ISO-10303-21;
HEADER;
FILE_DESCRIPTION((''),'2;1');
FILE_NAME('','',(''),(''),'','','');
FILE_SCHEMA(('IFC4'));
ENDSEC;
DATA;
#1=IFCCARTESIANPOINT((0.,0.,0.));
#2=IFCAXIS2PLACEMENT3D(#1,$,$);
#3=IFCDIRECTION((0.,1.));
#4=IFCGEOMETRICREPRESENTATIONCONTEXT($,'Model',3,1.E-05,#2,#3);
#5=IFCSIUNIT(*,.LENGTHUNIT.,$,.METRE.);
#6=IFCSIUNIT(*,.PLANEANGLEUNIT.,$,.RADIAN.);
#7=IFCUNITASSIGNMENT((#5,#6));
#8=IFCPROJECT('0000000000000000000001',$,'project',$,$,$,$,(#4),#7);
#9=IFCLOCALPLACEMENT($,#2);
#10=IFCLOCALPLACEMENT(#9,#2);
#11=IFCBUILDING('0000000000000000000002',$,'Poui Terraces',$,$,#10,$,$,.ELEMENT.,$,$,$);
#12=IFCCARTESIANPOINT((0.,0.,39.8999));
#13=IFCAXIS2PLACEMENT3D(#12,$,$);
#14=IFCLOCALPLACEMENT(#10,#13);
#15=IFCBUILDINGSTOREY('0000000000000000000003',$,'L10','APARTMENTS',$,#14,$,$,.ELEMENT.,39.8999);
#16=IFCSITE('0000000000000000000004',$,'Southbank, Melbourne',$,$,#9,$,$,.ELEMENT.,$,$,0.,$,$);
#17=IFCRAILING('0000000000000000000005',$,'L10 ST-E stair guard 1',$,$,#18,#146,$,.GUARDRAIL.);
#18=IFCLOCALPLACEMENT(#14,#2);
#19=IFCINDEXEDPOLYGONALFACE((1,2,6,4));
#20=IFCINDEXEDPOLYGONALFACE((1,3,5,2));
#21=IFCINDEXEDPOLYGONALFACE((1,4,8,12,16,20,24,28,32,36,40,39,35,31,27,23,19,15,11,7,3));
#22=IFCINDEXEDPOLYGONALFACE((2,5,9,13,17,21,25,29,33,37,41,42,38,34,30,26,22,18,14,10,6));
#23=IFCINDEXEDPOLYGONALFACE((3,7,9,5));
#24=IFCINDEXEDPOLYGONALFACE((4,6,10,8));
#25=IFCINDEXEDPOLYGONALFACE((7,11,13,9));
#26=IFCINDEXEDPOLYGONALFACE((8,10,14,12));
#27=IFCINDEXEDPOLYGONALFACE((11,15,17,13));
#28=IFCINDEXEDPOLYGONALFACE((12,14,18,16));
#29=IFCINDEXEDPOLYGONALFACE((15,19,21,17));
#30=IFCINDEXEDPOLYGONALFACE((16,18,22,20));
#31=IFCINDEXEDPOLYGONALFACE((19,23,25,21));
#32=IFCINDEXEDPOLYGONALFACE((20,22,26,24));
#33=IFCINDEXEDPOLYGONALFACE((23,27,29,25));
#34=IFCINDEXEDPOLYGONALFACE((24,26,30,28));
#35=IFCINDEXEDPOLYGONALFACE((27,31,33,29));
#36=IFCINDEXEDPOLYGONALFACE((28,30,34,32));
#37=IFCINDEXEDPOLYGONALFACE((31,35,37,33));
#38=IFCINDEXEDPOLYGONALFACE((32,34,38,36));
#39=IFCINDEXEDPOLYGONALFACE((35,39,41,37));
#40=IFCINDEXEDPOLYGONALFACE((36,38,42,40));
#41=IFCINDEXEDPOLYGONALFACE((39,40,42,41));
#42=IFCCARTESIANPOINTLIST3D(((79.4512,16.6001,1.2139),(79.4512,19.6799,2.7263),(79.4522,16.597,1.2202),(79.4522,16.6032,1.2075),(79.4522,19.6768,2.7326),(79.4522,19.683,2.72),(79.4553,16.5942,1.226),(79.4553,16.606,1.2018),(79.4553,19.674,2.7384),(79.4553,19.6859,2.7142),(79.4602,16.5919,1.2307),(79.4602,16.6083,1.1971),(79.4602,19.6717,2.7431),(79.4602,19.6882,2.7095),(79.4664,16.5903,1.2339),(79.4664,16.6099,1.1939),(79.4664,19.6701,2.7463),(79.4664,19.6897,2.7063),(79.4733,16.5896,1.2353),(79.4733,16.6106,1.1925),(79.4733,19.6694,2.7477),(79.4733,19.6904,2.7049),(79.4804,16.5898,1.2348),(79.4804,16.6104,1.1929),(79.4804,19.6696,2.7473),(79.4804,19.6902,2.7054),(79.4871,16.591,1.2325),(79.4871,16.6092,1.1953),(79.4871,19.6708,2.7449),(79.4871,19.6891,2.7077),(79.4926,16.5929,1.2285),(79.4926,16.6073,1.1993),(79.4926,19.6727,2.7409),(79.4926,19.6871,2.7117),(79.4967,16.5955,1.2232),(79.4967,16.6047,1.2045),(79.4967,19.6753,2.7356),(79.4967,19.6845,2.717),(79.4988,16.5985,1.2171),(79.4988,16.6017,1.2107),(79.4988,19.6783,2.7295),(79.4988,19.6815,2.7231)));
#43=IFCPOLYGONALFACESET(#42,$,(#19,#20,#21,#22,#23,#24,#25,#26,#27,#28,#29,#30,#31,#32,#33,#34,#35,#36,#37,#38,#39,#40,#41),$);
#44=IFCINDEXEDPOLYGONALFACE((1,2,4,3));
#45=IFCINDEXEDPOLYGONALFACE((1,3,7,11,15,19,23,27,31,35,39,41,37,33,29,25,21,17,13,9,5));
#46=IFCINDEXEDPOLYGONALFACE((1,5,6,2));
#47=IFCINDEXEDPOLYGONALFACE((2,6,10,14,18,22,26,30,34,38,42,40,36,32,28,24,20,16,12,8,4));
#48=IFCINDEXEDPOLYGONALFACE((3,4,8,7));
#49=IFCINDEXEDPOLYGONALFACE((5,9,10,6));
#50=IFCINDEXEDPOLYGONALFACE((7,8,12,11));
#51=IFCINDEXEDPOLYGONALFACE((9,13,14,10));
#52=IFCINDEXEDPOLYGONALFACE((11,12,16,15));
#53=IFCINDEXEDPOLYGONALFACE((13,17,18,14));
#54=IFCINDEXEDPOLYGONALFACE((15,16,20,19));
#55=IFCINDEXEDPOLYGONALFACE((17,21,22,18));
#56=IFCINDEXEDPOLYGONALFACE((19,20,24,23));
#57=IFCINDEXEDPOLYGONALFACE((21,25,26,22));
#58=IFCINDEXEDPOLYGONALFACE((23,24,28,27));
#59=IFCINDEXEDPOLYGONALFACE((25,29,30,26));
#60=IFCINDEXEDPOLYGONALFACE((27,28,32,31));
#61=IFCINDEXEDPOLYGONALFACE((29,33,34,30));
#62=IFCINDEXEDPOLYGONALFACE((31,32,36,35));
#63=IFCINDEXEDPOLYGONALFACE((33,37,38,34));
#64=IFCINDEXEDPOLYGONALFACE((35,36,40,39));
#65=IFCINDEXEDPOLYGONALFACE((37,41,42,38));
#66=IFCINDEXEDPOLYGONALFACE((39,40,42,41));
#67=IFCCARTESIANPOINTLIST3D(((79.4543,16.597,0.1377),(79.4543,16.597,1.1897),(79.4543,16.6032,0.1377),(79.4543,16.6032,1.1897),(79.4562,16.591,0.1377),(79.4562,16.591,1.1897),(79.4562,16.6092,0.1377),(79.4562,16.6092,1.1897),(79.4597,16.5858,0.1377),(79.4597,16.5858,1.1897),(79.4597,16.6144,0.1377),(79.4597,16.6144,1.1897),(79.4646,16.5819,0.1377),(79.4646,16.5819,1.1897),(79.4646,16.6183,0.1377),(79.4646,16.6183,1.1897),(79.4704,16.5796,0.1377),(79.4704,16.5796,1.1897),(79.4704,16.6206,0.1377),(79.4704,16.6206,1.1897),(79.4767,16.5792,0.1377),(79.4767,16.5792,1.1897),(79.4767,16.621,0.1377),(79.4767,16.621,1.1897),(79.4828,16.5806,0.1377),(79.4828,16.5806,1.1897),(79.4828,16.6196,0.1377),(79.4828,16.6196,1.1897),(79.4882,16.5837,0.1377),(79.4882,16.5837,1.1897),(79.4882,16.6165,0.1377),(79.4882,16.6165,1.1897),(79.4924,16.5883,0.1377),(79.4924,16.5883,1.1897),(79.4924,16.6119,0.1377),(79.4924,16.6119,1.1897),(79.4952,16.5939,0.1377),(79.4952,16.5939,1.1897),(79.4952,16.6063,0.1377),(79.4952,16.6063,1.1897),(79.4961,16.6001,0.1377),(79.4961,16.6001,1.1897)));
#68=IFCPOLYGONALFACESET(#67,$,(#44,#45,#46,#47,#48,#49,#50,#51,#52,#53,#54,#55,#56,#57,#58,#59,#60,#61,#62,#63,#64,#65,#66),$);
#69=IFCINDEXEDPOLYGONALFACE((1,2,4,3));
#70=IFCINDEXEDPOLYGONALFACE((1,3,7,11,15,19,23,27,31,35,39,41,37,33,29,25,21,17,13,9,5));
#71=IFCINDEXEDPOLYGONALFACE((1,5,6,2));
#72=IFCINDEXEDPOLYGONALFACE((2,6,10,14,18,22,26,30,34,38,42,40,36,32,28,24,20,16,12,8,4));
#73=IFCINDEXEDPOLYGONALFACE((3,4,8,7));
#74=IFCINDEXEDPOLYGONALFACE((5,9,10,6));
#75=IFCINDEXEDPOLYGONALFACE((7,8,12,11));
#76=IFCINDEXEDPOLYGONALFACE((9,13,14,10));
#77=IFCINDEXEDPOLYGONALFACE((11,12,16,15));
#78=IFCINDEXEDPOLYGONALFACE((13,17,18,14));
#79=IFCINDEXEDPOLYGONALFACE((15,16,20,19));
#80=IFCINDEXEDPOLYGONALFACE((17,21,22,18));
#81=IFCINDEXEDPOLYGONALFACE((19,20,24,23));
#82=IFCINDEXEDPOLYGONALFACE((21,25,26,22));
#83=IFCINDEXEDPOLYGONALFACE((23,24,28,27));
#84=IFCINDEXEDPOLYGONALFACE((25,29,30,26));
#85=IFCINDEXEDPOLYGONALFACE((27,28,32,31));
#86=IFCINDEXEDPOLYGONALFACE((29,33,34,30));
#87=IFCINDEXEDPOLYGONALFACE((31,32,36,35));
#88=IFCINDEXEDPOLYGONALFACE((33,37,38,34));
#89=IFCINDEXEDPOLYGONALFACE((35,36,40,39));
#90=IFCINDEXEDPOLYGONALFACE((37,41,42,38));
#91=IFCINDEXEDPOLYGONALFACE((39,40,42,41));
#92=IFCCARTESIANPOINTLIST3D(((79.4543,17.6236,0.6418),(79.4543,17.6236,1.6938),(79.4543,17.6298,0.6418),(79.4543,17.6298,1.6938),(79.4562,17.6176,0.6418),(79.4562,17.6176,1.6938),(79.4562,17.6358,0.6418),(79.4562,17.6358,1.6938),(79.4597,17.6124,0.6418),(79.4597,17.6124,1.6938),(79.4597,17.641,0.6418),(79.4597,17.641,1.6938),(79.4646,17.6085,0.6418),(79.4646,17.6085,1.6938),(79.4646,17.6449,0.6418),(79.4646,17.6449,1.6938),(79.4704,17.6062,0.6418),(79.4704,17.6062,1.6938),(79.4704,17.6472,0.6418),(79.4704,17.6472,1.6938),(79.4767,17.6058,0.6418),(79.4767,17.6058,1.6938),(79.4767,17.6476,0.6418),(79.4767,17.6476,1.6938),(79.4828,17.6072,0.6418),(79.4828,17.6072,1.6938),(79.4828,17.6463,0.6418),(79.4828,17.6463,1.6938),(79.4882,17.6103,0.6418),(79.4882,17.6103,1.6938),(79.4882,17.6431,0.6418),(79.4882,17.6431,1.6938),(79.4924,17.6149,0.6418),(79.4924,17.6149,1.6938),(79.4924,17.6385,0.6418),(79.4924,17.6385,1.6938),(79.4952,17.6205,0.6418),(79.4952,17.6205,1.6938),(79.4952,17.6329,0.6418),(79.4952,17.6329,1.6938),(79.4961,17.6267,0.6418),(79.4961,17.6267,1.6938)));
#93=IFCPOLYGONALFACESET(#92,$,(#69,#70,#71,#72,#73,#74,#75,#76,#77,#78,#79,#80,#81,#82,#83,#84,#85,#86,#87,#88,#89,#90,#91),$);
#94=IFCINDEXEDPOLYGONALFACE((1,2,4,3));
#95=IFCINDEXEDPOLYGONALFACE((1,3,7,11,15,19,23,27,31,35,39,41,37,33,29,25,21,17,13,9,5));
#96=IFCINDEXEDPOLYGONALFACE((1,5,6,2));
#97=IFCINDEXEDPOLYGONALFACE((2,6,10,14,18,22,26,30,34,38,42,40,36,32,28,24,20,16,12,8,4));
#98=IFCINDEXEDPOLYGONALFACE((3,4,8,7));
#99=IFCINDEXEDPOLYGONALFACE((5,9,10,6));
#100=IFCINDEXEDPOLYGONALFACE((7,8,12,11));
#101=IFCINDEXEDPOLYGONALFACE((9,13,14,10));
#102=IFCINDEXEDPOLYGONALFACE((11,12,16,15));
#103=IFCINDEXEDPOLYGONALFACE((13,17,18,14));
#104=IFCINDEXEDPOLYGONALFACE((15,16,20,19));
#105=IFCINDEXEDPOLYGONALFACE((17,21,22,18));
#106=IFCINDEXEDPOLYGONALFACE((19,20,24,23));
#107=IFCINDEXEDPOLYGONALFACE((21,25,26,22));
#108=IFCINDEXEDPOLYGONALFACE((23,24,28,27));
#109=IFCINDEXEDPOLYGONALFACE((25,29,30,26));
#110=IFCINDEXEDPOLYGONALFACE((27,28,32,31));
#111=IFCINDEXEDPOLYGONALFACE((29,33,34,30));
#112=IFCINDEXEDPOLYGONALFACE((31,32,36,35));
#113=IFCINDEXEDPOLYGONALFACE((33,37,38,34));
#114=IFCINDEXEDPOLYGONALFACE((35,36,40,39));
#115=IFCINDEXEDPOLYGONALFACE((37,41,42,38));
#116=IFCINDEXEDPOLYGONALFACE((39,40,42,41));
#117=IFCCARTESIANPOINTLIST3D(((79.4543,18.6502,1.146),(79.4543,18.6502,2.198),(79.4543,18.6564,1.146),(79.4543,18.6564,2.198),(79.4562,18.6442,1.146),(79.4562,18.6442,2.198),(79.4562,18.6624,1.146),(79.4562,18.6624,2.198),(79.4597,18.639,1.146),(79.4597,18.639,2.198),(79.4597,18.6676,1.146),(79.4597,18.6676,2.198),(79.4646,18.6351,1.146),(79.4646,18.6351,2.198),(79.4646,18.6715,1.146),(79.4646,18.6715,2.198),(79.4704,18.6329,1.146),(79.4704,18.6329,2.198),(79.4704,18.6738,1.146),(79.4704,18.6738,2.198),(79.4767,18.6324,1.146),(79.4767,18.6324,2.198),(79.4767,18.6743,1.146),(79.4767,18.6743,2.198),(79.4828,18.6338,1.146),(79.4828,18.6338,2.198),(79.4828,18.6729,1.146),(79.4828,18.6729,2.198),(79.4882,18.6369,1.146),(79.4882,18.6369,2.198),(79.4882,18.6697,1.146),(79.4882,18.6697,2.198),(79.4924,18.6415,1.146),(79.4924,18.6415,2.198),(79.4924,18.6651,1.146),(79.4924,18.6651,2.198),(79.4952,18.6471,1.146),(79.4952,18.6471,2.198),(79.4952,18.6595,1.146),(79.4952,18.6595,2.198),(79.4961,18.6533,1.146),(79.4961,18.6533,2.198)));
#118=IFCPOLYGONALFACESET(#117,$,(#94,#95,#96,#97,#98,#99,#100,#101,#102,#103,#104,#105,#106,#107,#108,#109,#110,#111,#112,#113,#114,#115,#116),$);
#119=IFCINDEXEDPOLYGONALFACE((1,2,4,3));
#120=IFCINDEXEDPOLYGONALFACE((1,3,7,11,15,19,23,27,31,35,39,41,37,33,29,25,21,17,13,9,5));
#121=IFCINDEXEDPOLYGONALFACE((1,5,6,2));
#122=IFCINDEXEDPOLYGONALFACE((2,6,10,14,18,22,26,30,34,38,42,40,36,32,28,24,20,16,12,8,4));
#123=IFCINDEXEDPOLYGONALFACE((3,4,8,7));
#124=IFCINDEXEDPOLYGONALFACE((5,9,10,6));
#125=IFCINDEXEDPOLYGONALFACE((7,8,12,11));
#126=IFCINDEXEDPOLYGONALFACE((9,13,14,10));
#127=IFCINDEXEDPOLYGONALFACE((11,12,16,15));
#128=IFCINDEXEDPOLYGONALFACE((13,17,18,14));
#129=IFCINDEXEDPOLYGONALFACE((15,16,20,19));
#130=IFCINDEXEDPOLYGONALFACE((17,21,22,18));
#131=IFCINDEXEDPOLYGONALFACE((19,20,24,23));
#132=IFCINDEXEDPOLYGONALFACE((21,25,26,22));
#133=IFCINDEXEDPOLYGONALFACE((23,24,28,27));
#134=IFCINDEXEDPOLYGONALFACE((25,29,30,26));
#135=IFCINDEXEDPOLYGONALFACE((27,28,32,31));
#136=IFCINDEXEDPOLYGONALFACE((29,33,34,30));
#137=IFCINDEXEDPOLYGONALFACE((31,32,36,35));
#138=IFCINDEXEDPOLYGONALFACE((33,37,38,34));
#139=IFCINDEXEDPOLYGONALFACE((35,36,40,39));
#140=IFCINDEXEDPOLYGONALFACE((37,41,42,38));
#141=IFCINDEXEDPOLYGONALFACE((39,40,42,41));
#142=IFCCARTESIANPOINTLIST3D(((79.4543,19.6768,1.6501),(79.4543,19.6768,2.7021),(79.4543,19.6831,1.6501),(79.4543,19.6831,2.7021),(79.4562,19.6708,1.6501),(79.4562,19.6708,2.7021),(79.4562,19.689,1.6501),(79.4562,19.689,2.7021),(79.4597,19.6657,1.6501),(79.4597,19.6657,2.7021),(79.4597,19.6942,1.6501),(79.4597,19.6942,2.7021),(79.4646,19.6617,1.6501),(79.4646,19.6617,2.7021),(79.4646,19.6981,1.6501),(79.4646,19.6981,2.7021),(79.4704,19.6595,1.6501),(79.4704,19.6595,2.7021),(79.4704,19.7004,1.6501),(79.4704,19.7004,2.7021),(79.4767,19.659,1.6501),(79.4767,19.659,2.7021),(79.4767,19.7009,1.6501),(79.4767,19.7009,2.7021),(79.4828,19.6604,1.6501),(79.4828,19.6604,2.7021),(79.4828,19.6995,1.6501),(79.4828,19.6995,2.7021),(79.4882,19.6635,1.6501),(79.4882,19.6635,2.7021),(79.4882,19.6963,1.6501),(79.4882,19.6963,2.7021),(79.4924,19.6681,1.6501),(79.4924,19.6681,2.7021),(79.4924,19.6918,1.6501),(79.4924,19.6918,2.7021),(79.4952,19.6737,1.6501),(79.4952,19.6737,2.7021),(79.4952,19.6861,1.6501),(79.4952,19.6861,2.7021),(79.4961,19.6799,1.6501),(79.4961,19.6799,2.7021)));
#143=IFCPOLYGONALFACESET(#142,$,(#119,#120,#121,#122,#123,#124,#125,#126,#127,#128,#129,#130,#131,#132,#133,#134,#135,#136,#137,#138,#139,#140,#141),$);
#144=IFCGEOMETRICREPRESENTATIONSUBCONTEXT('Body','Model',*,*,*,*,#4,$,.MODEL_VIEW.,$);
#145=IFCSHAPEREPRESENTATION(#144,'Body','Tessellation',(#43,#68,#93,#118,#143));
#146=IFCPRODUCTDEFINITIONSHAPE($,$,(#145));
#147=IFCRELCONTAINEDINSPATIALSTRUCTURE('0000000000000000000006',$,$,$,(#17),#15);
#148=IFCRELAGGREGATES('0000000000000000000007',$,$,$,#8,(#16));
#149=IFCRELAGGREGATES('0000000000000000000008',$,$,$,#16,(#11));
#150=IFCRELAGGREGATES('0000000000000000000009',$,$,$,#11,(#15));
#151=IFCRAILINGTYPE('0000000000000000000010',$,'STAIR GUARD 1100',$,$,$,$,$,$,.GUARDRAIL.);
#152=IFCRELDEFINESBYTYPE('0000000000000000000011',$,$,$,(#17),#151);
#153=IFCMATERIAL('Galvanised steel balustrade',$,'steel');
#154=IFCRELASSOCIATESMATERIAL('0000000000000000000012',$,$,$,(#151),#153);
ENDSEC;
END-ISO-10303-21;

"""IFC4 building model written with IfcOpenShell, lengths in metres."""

from ifc_helpers import new_model, si_unit, direction, frame, origin, origin_2d, place, context, subcontext, project, spatial, circle, extrude, material, type_object, element, save


model = new_model("IFC4")

# Units and contexts
model_context = context("Model", 3, precision=1e-05, world=origin(), true_north=direction((0.0, 1.0)))
body_context = subcontext(model_context, "Body", "Model", "MODEL_VIEW")
ifc_project = project(units=[si_unit("LENGTHUNIT", "METRE"), si_unit("PLANEANGLEUNIT", "RADIAN")], contexts=[model_context])

# Site, building, storey
site_placement = place(None, origin())
site = spatial("IfcSite", under=ifc_project, at=site_placement, Name="Southbank, Melbourne", CompositionType="ELEMENT", RefElevation=0.0)
building_placement = place(site_placement, origin())
building = spatial("IfcBuilding", under=site, at=building_placement, Name="Poui Terraces", CompositionType="ELEMENT")
storey_placement = place(building_placement, frame((0.0, 0.0, 39.8999)))
storey = spatial("IfcBuildingStorey", under=building, at=storey_placement, Name="L10", Description="APARTMENTS", CompositionType="ELEMENT", Elevation=39.8999)

# Railing
ifc_material_1 = material(Name="Galvanised steel balustrade", Category="steel")
railing_type_1 = type_object("IfcRailingType", Name="STAIR GUARD 1100", PredefinedType="GUARDRAIL", material=ifc_material_1)
railing_1_placement = place(storey_placement, frame((79.4751, 16.6001, 0.1377)))
element("IfcRailing", 1, at=railing_1_placement, inside=storey, type_object=railing_type_1, Name="L10 ST-E stair guard 1", PredefinedType="GUARDRAIL", context=body_context, shape_type="SweptSolid", body=[
    extrude(circle(Radius=0.0239, at=origin_2d()), frame((0.0, 0.0, 1.0762), z_axis=(0.0, 0.897606, 0.440798), x_axis=(-1.0, 0.0, 0.0)), (0.0, 0.0, 1.0), 3.4312),
    extrude(circle(Radius=0.021, at=origin_2d()), origin(), (0.0, 0.0, 1.0), 1.052),
    extrude(circle(Radius=0.021, at=origin_2d()), frame((0.0, 1.0266, 0.5042)), (0.0, 0.0, 1.0), 1.052),
    extrude(circle(Radius=0.021, at=origin_2d()), frame((0.0, 2.0532, 1.0083)), (0.0, 0.0, 1.0), 1.052),
    extrude(circle(Radius=0.021, at=origin_2d()), frame((0.0, 3.0798, 1.5125)), (0.0, 0.0, 1.0), 1.052),
])

save(model, "model.ifc")
